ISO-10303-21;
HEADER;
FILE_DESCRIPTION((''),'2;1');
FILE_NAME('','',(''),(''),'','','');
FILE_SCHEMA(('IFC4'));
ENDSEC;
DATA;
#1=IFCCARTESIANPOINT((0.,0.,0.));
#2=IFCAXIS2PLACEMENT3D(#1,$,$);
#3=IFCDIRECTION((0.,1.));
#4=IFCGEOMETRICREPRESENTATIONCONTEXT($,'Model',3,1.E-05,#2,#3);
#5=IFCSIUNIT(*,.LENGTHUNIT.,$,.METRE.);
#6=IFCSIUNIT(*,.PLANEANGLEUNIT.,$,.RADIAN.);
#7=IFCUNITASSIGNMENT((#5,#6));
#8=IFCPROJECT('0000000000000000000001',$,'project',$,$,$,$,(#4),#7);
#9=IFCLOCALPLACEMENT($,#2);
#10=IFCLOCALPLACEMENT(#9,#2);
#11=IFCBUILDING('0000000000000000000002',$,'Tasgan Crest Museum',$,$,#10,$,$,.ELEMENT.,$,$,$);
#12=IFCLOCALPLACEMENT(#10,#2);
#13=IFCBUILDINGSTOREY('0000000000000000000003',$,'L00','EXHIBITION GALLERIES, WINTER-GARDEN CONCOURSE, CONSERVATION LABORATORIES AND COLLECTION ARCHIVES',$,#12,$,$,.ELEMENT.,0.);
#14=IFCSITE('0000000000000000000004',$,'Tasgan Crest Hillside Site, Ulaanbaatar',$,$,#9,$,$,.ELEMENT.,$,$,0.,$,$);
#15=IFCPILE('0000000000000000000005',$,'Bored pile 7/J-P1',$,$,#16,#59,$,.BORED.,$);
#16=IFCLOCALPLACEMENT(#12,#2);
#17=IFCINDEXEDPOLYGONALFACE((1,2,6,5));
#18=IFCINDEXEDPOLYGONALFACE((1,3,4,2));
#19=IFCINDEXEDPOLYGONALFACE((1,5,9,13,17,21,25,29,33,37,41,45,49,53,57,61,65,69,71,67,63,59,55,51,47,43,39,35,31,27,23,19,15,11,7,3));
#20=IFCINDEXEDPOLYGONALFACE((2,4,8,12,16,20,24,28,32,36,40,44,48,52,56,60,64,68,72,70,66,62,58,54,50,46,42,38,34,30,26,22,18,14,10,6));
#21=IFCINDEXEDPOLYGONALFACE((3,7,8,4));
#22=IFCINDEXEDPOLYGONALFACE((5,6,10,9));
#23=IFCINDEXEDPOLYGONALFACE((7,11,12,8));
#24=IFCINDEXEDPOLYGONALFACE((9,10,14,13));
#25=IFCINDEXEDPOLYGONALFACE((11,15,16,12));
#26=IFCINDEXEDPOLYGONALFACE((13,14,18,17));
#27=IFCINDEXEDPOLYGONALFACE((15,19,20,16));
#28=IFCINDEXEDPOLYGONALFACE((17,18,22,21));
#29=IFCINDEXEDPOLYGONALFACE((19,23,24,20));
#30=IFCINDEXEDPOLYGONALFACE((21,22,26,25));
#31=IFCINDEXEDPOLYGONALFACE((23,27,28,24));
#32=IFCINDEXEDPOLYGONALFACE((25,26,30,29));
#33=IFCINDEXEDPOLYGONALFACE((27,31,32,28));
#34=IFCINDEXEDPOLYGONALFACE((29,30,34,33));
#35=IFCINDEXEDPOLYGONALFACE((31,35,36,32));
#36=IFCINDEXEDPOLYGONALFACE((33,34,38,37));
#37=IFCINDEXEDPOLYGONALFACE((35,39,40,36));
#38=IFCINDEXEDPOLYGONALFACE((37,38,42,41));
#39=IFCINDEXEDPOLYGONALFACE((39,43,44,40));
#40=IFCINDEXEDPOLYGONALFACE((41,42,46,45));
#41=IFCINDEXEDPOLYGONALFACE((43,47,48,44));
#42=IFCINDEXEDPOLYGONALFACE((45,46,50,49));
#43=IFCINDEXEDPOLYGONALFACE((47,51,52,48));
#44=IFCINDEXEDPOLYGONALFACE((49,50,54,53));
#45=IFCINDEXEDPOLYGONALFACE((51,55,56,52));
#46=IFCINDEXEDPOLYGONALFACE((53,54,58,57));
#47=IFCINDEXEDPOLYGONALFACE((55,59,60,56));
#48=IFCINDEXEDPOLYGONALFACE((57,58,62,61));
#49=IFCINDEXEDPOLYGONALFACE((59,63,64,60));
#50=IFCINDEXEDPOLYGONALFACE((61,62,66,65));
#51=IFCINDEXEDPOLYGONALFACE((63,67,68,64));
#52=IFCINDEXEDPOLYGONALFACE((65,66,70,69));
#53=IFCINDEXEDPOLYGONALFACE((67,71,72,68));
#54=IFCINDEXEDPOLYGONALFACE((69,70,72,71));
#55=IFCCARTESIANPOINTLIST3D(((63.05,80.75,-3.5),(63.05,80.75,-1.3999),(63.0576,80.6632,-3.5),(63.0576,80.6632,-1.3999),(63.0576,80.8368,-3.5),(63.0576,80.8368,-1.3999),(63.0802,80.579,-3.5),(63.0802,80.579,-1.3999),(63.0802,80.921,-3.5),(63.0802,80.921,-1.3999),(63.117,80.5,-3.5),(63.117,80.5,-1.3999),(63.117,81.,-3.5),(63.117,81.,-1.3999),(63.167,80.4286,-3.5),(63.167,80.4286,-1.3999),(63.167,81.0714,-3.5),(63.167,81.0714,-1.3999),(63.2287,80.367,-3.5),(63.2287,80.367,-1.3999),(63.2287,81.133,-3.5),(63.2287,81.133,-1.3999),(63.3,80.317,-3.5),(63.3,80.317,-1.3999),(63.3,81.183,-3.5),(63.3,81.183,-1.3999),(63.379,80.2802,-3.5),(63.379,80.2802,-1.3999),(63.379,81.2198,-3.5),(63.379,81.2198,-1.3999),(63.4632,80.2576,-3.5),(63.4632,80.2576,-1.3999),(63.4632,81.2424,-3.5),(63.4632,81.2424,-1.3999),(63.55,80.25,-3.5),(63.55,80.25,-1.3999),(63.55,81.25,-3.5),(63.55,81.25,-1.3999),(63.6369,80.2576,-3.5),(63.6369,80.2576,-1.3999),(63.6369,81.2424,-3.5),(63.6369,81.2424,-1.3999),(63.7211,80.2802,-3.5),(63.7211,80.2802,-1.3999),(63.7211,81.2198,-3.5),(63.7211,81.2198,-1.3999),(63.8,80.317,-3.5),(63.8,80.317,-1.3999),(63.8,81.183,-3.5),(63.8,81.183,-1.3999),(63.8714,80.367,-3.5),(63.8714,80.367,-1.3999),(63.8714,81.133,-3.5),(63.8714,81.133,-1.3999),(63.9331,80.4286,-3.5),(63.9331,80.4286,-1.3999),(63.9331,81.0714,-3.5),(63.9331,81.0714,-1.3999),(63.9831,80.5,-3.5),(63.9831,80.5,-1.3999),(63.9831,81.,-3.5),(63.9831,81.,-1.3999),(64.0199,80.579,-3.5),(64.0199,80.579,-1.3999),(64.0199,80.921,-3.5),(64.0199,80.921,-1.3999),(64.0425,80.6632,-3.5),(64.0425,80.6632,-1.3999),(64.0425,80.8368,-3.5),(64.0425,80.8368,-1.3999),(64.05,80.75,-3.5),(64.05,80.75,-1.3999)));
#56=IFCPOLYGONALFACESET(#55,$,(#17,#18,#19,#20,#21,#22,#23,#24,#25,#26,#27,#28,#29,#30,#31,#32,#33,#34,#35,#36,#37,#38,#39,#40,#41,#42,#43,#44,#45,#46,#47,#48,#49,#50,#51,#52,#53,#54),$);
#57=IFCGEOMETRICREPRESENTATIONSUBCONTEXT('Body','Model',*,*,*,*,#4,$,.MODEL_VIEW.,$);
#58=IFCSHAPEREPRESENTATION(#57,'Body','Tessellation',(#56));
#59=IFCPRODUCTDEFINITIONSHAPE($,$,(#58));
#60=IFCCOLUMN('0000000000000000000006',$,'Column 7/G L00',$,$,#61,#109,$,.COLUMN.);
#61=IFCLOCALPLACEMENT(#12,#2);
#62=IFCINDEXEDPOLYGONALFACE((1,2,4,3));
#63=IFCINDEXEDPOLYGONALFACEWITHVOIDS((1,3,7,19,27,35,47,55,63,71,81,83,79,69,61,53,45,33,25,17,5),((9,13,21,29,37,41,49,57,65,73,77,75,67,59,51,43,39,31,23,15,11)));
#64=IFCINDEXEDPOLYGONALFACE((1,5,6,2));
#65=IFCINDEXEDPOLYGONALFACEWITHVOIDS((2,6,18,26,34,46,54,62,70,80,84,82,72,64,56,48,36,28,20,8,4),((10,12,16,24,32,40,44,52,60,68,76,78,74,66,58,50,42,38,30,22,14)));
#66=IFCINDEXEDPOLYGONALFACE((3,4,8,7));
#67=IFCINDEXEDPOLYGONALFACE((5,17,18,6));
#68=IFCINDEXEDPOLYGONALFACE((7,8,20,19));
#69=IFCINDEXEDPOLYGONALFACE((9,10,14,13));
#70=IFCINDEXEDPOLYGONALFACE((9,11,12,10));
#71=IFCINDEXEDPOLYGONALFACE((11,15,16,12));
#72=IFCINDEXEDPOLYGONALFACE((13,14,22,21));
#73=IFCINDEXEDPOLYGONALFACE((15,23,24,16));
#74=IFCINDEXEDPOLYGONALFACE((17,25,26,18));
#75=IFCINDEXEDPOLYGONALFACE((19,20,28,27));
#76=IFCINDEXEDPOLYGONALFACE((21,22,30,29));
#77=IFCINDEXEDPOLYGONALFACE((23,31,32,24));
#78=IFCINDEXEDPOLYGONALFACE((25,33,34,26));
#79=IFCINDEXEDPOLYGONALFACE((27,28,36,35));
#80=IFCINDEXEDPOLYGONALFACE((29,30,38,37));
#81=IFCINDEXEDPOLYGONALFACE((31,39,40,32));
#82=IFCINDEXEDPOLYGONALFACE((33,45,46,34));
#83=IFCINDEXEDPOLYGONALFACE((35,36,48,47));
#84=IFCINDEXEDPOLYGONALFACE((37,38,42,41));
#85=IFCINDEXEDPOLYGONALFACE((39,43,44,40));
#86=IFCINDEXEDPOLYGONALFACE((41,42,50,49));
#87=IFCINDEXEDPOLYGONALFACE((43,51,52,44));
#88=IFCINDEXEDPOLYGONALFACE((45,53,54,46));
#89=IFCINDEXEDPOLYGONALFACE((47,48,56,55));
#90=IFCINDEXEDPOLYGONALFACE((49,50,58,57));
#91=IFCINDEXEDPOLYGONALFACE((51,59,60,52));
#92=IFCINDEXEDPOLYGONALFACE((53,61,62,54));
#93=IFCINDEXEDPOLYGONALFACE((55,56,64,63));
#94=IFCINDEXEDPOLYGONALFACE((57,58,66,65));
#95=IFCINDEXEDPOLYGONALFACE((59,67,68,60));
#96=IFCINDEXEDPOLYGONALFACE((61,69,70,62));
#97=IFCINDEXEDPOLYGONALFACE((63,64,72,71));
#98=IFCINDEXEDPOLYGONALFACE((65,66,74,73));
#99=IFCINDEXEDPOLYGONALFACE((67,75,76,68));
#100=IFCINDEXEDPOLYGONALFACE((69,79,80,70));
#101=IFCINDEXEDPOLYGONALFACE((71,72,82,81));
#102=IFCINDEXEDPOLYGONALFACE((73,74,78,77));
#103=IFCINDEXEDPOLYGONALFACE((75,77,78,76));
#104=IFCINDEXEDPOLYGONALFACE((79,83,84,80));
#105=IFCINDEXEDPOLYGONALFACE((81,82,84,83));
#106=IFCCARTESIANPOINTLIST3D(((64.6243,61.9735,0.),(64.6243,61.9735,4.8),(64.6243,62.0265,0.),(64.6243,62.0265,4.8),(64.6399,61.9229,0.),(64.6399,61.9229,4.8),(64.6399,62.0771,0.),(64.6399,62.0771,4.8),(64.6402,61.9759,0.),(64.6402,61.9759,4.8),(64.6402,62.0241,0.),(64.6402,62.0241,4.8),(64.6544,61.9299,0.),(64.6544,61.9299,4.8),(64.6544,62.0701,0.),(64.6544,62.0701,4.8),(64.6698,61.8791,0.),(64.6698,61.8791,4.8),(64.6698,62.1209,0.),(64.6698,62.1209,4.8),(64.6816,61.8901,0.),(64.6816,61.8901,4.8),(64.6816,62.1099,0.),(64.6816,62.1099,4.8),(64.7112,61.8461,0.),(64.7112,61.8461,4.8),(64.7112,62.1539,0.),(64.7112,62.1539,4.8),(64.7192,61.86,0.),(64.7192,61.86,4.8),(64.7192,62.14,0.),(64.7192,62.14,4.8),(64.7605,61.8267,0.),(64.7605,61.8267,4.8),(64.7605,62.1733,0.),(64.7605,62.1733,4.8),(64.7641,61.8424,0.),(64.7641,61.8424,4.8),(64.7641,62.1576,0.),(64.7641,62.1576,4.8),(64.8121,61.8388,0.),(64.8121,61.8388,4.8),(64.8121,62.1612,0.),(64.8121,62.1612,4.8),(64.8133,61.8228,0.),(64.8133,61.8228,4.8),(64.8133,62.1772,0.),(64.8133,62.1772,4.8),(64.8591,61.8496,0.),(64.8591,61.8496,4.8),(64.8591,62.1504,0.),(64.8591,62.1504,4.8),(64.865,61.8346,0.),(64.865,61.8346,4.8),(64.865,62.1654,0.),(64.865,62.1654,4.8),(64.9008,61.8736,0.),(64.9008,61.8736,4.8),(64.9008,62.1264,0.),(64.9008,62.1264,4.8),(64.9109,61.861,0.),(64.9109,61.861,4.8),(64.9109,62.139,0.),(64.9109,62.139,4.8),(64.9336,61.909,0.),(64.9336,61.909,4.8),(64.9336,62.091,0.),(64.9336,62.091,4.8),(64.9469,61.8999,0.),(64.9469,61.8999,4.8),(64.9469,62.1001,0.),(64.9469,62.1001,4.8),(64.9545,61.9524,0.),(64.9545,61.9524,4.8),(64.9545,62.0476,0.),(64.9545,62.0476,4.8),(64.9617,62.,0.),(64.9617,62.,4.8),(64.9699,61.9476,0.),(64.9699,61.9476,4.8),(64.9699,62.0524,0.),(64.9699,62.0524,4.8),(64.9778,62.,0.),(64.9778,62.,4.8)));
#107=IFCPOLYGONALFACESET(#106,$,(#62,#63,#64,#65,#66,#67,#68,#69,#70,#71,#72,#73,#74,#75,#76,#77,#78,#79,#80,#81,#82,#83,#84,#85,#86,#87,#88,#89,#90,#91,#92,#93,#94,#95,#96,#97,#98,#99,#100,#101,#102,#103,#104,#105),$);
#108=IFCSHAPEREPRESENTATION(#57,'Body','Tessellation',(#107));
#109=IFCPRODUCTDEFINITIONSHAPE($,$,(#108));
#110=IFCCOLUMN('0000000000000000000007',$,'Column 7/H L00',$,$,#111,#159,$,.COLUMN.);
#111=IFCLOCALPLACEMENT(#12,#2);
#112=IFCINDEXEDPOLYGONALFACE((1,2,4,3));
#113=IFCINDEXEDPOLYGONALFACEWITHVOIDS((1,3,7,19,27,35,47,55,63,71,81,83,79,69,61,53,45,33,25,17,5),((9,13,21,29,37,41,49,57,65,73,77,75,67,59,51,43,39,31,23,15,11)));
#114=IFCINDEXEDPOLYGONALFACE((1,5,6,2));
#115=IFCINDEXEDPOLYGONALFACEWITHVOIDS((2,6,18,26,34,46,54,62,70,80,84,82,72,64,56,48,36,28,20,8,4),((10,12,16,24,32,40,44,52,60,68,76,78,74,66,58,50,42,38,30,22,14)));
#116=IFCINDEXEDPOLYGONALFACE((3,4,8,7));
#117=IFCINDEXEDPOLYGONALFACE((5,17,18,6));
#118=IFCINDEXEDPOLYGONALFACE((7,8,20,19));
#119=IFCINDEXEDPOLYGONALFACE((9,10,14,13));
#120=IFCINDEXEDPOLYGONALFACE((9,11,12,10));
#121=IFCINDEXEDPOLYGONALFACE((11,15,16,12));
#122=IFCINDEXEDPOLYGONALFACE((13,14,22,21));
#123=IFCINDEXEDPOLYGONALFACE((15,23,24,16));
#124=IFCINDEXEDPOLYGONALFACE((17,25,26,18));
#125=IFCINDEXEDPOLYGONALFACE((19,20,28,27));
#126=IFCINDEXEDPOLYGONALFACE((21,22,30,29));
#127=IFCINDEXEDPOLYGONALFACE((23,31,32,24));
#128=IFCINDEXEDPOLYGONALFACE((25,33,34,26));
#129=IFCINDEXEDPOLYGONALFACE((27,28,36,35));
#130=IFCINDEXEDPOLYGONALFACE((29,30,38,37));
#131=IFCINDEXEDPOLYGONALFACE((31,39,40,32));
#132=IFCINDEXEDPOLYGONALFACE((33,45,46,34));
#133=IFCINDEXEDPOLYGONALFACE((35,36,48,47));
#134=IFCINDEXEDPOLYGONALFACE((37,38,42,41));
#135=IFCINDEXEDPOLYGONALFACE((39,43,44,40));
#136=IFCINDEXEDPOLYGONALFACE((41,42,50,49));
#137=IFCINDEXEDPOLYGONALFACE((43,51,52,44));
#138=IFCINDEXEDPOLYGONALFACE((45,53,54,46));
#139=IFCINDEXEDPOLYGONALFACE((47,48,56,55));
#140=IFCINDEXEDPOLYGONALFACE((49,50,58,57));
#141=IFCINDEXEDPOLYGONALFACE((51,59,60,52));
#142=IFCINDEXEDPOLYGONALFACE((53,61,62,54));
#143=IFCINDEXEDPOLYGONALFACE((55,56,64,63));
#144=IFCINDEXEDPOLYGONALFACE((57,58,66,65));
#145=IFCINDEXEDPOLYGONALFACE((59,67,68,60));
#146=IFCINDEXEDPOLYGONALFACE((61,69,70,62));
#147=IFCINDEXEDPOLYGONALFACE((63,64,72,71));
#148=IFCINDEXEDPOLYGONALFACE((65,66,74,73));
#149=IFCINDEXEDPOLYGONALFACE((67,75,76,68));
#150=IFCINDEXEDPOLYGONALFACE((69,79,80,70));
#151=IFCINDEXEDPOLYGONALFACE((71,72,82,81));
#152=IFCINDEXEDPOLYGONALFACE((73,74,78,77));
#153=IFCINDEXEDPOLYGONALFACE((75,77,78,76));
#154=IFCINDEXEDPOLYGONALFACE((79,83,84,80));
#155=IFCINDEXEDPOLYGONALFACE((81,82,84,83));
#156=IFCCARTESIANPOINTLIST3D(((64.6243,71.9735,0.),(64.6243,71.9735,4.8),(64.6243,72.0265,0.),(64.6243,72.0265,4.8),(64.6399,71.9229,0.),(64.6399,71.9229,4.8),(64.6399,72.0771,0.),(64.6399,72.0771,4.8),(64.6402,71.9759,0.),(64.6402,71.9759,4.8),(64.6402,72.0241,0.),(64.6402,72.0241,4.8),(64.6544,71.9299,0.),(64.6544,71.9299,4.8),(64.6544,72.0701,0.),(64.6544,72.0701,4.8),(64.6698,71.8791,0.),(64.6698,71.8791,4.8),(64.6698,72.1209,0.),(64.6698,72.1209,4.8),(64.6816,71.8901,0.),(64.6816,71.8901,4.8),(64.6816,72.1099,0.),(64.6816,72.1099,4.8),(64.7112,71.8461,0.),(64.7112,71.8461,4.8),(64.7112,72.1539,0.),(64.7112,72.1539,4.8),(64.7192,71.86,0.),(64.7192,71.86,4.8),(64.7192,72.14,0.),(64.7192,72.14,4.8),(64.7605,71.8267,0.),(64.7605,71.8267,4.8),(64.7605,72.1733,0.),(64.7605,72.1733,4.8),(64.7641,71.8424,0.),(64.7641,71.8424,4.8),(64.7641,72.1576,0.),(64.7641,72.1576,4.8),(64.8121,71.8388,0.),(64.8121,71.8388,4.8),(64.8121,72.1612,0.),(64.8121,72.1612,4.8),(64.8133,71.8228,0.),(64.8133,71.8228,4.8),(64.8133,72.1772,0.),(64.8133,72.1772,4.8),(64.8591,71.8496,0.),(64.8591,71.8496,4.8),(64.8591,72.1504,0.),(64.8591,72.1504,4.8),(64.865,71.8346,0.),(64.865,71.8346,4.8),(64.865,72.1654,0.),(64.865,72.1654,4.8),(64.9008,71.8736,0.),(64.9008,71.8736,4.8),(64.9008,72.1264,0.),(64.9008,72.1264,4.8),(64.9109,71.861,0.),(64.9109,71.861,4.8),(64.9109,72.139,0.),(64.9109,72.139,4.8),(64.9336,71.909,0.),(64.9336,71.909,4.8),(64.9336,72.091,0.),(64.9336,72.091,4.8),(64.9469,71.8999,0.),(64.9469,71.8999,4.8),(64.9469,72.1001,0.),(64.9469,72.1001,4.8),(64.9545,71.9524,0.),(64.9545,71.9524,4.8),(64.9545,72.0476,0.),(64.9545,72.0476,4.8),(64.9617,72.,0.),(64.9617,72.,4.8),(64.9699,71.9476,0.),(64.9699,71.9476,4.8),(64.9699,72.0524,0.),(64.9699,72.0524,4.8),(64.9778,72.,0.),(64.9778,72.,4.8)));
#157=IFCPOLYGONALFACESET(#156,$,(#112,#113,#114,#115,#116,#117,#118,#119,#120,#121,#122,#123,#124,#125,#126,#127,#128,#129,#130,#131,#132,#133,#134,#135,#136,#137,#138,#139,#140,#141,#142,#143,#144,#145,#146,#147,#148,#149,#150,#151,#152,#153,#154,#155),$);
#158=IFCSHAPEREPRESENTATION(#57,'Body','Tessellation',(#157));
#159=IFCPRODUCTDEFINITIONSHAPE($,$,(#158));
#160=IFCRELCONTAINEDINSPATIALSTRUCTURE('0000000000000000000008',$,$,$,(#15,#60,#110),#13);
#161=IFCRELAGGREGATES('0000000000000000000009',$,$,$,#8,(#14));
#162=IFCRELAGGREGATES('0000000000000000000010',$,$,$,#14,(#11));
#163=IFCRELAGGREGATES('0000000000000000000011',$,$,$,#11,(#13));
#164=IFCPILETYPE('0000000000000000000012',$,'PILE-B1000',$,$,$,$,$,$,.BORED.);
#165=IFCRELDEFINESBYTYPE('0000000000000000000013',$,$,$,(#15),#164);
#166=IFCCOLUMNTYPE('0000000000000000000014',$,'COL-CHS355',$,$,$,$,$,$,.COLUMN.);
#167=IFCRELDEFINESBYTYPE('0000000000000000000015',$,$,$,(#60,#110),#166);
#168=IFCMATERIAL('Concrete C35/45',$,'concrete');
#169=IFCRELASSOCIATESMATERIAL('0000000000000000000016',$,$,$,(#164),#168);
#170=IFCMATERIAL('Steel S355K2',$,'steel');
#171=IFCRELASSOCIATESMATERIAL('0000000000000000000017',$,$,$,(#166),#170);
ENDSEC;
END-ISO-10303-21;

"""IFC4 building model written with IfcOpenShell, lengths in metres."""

from ifc_helpers import new_model, si_unit, direction, frame, origin, origin_2d, place, context, subcontext, project, spatial, circle, hollow_circle, extrude, material, material_profile, profile_set, type_object, element, save


model = new_model("IFC4")

# Units and contexts
model_context = context("Model", 3, precision=1e-05, world=origin(), true_north=direction((0.0, 1.0)))
body_context = subcontext(model_context, "Body", "Model", "MODEL_VIEW")
ifc_project = project(units=[si_unit("LENGTHUNIT", "METRE"), si_unit("PLANEANGLEUNIT", "RADIAN")], contexts=[model_context])

# Site, building, storey
site_placement = place(None, origin())
site = spatial("IfcSite", under=ifc_project, at=site_placement, Name="Tasgan Crest Hillside Site, Ulaanbaatar", CompositionType="ELEMENT", RefElevation=0.0)
building_placement = place(site_placement, origin())
building = spatial("IfcBuilding", under=site, at=building_placement, Name="Tasgan Crest Museum", CompositionType="ELEMENT")
storey_placement = place(building_placement, origin())
storey = spatial("IfcBuildingStorey", under=building, at=storey_placement, Name="L00", Description="EXHIBITION GALLERIES, WINTER-GARDEN CONCOURSE, CONSERVATION LABORATORIES AND COLLECTION ARCHIVES", CompositionType="ELEMENT", Elevation=0.0)

# Pile
ifc_material_1 = material(Name="Concrete C35/45", Category="concrete")
ifc_material_profile_1 = material_profile(ifc_material_1, circle(Radius=0.5, at=origin_2d()), Name="PILE D1000")
ifc_profile_set_1 = profile_set([ifc_material_profile_1], Name="Concrete C35/45")
pile_type = type_object("IfcPileType", Name="PILE-B1000", PredefinedType="BORED", material=ifc_profile_set_1)
pile_placement = place(storey_placement, frame((63.55, 80.75, -1.3999), z_axis=(0.0, 0.0, -1.0), x_axis=(1.0, 0.0, 0.0)))
element("IfcPile", 1, at=pile_placement, inside=storey, type_object=pile_type, Name="Bored pile 7/J-P1", PredefinedType="BORED", context=body_context, shape_type="SweptSolid", body=[
    extrude(circle(Radius=0.5, at=origin_2d()), origin(), (0.0, 0.0, 1.0), 2.1001),
])

# Columns
ifc_material_2 = material(Name="Steel S355K2", Category="steel")
ifc_material_profile_2 = material_profile(ifc_material_2, hollow_circle(Radius=0.1777, WallThickness=0.0161, at=origin_2d()), Name="CHS 355.6x16")
ifc_profile_set_2 = profile_set([ifc_material_profile_2], Name="Steel S355K2")
column_type_1 = type_object("IfcColumnType", Name="COL-CHS355", PredefinedType="COLUMN", material=ifc_profile_set_2)
for number, where, z_axis, x_axis, name in (
    (2, (64.8, 62.0, 0.0), (0.0, 0.0, 1.0), (1.0, 0.0, 0.0), "Column 7/G L00"),
    (3, (64.8, 72.0, 0.0), (0.0, 0.0, 1.0), (1.0, 0.0, 0.0), "Column 7/H L00"),
):
    element("IfcColumn", number, at=place(storey_placement, frame(where, z_axis=z_axis, x_axis=x_axis)), inside=storey, type_object=column_type_1, Name=name, PredefinedType="COLUMN", context=body_context, shape_type="SweptSolid", body=[
        extrude(hollow_circle(Radius=0.1777, WallThickness=0.0161, at=origin_2d()), origin(), (0.0, 0.0, 1.0), 4.8),
    ])

save(model, "model.ifc")
